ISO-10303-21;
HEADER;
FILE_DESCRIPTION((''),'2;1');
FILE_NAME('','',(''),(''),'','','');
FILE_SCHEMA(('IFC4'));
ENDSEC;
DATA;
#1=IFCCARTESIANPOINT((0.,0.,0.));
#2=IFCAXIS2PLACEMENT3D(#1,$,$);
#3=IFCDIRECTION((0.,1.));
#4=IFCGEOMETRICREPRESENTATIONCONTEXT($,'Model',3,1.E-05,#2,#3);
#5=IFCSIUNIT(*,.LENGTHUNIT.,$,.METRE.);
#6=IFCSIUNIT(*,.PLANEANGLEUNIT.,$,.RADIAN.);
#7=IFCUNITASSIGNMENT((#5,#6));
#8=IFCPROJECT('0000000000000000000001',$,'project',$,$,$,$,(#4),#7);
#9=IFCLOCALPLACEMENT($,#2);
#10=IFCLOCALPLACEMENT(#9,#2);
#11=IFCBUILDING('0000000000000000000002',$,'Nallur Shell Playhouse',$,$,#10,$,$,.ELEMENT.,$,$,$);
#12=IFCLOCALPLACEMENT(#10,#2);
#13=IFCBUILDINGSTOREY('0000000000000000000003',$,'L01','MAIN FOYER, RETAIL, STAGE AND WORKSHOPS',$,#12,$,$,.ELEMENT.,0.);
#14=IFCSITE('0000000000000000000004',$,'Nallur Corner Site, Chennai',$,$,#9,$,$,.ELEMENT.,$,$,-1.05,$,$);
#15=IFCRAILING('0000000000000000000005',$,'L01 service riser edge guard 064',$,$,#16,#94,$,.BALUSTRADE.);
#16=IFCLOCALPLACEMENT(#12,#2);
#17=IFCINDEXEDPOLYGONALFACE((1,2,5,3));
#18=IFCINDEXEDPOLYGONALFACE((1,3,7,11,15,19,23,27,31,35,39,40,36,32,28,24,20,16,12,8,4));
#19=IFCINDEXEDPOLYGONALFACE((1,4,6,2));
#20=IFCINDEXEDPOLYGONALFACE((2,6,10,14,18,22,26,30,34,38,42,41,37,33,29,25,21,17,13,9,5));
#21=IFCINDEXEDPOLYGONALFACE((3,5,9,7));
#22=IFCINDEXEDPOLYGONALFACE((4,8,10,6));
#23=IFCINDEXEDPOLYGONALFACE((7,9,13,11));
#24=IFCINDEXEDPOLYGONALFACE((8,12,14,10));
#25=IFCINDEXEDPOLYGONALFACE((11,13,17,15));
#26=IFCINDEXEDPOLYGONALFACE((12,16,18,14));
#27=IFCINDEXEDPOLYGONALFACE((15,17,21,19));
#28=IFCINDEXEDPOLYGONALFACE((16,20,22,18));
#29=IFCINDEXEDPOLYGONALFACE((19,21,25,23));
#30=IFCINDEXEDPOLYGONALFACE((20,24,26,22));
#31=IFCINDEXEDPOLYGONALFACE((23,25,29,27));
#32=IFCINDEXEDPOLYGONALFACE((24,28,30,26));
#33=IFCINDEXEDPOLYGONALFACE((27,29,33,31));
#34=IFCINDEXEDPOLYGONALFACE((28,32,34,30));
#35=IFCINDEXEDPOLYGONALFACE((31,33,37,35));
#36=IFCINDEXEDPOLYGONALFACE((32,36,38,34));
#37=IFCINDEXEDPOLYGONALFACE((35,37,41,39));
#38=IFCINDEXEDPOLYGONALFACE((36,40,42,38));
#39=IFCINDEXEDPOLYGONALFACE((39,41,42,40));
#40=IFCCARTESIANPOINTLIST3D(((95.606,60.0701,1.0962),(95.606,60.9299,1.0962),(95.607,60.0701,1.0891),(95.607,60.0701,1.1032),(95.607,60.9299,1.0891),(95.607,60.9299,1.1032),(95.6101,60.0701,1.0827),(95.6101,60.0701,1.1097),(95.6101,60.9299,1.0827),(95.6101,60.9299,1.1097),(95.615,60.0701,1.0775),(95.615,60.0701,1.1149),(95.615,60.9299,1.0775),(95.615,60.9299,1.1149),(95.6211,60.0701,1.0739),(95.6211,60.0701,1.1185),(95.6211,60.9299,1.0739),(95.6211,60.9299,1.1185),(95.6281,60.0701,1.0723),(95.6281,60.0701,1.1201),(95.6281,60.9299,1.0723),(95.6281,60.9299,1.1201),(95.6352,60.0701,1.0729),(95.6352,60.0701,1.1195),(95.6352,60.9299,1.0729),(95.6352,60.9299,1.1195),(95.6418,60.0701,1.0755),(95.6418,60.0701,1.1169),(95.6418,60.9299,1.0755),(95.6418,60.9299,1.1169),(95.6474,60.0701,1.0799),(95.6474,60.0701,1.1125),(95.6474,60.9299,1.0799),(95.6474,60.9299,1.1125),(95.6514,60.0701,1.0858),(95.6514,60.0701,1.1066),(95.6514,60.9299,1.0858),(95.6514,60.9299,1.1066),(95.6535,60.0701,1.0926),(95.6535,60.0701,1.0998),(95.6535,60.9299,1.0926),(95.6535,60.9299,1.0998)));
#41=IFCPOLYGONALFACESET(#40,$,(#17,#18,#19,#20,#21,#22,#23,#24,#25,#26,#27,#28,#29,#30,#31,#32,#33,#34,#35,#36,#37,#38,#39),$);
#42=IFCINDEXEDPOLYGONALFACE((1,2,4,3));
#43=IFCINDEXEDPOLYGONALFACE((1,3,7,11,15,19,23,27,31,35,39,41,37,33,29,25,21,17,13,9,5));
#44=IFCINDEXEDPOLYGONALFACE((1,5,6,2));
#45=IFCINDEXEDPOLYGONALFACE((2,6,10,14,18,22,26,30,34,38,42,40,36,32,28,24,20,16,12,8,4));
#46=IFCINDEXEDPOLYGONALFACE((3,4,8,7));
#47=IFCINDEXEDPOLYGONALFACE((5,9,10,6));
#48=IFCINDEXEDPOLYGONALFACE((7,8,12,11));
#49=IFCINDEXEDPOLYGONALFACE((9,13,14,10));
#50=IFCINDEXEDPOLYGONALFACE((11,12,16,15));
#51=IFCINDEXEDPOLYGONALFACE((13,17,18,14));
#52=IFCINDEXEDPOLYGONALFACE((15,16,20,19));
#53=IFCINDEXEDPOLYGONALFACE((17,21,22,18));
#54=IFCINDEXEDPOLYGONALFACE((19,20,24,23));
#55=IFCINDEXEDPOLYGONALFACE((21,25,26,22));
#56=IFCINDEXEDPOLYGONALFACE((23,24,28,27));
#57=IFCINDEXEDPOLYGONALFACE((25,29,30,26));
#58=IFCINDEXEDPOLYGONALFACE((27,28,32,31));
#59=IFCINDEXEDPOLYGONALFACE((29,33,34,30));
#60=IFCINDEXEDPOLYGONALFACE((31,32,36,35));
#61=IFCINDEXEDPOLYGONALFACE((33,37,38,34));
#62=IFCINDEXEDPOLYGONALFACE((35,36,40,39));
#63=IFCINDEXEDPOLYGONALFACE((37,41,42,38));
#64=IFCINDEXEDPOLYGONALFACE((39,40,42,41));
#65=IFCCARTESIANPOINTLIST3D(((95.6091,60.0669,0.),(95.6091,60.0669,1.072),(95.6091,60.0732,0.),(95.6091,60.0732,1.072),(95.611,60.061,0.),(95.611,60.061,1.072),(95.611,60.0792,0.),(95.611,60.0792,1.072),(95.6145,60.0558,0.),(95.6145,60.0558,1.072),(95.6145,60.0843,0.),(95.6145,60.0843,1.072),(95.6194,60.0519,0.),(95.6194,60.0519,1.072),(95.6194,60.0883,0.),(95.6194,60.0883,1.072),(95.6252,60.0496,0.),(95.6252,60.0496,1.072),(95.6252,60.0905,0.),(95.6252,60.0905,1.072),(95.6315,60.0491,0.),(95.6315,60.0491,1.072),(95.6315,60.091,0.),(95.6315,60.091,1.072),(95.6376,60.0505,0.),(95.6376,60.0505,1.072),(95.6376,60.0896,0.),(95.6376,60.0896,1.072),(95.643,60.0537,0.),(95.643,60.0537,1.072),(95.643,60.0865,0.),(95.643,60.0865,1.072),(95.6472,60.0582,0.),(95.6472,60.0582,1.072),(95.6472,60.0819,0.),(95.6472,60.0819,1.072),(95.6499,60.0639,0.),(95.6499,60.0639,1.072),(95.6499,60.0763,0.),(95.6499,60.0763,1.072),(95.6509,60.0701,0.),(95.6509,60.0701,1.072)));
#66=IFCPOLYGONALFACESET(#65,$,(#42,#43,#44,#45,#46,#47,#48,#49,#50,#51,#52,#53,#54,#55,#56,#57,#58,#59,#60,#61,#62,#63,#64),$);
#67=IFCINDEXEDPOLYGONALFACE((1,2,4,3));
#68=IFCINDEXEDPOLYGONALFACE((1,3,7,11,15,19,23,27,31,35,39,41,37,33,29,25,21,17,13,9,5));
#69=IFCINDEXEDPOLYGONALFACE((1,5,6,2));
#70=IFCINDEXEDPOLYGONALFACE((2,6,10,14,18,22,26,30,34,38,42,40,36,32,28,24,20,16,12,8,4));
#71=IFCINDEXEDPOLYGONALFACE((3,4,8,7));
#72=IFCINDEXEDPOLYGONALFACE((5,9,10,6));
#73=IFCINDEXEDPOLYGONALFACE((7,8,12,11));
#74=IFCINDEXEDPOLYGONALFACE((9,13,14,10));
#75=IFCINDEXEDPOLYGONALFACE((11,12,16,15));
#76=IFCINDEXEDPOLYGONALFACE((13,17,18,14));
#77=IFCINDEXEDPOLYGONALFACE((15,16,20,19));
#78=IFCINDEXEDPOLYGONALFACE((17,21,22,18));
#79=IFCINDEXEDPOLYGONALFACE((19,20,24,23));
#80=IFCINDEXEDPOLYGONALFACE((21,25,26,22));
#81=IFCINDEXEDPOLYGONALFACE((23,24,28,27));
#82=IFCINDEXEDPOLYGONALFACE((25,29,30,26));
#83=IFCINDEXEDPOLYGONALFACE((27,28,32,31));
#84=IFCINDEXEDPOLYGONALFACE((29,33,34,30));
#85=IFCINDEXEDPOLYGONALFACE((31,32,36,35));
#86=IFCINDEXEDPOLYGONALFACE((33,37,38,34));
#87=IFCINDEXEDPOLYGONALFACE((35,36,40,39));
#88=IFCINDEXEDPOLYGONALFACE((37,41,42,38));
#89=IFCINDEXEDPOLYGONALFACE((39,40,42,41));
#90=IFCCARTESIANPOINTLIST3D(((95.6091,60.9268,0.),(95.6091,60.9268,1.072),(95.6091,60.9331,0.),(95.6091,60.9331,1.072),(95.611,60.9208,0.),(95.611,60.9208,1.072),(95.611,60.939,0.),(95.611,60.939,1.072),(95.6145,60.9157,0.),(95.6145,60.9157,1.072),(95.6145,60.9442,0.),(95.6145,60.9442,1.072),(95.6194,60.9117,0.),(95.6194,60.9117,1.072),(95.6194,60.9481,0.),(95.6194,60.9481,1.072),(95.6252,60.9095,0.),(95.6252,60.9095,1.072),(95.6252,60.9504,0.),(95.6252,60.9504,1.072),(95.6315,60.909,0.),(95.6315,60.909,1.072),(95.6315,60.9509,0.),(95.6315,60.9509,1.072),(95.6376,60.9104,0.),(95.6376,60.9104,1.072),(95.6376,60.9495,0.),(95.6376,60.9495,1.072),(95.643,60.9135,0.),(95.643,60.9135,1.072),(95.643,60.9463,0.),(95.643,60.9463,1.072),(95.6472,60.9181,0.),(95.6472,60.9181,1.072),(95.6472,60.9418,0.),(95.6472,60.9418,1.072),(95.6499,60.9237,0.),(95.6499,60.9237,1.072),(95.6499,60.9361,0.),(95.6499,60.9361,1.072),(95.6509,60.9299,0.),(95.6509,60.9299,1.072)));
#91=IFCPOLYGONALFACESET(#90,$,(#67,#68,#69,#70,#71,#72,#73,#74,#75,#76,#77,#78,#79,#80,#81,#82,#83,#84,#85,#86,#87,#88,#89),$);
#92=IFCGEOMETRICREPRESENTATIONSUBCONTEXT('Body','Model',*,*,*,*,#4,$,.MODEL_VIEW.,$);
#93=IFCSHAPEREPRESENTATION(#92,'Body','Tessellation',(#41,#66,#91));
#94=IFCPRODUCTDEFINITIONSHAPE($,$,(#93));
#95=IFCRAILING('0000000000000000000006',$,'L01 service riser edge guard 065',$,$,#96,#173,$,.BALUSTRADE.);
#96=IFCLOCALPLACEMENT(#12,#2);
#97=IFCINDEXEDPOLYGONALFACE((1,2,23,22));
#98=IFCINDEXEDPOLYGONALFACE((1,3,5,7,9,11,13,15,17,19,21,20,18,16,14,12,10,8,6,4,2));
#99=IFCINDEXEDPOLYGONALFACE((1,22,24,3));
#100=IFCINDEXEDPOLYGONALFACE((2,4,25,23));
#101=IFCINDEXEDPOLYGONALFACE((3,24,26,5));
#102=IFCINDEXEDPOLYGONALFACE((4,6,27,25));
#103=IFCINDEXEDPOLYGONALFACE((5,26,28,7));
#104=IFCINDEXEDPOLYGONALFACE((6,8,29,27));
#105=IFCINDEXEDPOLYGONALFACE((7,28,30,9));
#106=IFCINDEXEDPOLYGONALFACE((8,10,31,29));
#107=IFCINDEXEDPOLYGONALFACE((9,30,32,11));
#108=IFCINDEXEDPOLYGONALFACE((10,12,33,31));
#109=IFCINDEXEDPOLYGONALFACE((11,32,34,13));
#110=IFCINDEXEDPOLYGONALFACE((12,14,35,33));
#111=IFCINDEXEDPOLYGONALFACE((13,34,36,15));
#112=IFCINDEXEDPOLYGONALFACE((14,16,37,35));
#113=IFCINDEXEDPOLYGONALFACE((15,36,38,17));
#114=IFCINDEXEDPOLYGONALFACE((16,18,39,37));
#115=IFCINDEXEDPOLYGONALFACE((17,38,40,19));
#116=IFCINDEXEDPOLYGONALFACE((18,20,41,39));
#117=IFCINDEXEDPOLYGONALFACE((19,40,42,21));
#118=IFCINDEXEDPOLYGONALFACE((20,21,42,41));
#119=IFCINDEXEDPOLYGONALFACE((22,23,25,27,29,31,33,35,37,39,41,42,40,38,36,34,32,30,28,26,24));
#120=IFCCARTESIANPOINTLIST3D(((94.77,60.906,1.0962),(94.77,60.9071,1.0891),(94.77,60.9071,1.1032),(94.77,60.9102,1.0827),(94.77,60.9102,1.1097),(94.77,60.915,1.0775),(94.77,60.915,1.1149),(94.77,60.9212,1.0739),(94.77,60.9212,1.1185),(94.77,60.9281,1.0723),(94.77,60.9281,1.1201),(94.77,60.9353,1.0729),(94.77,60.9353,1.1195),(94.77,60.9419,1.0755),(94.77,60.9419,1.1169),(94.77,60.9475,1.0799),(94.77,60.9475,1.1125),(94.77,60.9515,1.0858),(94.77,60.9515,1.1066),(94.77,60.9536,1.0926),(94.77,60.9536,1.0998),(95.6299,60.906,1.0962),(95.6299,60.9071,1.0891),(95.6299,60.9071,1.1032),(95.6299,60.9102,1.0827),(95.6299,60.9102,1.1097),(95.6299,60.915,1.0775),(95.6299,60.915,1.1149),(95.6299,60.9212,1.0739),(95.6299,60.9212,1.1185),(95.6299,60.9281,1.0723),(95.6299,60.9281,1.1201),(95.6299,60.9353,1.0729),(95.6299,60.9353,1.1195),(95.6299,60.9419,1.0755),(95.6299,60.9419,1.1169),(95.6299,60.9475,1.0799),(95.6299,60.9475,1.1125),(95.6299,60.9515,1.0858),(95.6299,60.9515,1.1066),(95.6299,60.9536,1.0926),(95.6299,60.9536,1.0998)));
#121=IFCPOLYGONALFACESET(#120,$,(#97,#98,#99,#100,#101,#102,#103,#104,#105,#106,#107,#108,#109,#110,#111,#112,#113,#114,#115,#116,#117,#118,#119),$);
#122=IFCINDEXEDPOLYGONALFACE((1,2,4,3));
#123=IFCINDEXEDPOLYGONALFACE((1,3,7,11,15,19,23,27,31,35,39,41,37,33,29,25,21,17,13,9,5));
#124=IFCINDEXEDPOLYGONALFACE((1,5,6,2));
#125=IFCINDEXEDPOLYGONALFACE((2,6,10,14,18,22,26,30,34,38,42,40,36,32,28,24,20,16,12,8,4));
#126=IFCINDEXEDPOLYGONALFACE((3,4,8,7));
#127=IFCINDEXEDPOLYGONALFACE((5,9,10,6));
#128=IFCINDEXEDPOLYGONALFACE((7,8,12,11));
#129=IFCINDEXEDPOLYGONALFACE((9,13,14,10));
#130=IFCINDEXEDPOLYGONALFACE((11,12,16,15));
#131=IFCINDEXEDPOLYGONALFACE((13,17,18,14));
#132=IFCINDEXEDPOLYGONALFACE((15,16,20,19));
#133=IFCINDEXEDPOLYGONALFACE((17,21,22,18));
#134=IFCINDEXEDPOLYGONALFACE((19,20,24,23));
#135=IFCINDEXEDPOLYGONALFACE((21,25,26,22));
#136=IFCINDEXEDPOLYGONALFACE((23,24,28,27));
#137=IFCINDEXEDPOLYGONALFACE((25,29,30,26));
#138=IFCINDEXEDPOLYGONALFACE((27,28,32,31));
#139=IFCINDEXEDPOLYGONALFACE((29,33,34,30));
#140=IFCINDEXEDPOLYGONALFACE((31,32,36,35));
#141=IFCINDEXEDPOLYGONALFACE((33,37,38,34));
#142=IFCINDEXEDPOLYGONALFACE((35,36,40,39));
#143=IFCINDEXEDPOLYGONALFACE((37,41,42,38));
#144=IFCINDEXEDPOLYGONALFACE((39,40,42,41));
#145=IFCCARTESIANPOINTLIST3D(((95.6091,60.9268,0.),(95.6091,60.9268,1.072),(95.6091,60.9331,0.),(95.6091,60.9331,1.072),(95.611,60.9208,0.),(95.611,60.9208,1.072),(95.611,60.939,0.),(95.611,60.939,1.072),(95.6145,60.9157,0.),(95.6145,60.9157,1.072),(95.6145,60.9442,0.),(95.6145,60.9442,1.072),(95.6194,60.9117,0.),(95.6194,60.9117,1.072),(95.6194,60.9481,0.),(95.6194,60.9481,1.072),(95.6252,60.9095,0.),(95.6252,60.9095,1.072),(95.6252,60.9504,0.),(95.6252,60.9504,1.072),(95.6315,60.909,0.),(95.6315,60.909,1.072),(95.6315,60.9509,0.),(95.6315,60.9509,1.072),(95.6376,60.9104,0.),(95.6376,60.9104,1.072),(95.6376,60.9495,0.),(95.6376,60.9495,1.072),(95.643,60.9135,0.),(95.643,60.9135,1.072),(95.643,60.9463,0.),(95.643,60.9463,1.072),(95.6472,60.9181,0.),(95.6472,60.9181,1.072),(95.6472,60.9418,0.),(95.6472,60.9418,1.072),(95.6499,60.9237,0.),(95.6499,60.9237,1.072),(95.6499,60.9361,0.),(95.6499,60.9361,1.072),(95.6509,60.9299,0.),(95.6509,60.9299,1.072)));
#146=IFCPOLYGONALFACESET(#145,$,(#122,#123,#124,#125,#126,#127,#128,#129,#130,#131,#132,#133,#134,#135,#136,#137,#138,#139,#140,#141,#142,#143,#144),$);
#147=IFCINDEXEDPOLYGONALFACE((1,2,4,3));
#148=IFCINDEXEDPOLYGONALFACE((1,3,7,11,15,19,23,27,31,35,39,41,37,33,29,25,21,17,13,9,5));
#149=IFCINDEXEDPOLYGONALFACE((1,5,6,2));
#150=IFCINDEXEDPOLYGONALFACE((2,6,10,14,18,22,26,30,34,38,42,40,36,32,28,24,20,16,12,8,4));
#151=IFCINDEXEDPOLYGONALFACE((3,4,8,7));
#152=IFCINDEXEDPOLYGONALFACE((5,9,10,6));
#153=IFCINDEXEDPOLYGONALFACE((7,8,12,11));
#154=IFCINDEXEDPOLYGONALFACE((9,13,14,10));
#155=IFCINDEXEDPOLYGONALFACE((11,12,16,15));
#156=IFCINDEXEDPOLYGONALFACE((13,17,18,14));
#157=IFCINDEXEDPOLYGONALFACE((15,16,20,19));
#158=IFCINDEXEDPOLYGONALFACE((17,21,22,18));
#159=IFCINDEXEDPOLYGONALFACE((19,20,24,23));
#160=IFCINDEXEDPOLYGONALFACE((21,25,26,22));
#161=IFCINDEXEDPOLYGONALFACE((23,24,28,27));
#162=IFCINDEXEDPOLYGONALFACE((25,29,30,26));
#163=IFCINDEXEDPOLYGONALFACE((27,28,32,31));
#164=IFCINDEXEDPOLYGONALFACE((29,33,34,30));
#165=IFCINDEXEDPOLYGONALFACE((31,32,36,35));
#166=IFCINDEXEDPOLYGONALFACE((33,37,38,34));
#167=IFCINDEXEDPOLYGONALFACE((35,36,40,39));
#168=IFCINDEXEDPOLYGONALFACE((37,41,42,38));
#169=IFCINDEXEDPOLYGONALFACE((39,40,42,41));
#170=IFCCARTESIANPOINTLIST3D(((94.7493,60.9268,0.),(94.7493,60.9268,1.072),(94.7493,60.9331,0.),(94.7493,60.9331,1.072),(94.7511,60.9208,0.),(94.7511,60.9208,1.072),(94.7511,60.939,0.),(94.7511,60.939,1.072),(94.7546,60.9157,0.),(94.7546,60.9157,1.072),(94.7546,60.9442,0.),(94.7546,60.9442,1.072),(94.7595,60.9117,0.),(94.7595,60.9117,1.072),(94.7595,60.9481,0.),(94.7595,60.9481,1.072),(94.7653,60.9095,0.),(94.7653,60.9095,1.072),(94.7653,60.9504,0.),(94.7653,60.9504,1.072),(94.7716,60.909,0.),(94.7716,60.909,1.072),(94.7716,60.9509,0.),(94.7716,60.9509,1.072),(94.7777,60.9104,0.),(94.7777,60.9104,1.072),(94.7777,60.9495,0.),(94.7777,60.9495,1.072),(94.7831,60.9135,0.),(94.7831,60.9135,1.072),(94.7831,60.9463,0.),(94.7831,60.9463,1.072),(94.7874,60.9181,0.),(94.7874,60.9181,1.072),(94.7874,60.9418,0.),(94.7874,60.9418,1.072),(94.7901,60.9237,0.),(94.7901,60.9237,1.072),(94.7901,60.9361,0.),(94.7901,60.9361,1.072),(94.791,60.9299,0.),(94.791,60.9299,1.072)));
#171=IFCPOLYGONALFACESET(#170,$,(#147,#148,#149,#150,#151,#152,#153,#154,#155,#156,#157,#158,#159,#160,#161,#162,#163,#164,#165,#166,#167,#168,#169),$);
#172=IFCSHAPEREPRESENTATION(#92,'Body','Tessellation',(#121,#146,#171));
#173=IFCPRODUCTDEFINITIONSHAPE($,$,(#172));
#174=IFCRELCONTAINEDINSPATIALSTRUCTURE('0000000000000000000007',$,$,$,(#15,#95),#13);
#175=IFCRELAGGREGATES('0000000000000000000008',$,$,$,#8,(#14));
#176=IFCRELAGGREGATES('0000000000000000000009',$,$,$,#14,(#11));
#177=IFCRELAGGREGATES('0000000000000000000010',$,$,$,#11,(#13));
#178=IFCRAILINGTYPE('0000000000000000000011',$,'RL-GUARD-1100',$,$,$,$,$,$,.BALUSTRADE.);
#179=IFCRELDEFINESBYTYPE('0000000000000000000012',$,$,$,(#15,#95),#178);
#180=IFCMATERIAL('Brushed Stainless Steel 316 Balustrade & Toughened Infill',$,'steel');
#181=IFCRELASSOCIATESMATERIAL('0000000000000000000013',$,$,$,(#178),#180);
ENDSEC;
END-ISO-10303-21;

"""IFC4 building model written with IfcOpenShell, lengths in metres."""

from ifc_helpers import new_model, si_unit, direction, frame, origin, origin_2d, place, context, subcontext, project, spatial, circle, extrude, material, type_object, element, save


model = new_model("IFC4")

# Units and contexts
model_context = context("Model", 3, precision=1e-05, world=origin(), true_north=direction((0.0, 1.0)))
body_context = subcontext(model_context, "Body", "Model", "MODEL_VIEW")
ifc_project = project(units=[si_unit("LENGTHUNIT", "METRE"), si_unit("PLANEANGLEUNIT", "RADIAN")], contexts=[model_context])

# Site, building, storey
site_placement = place(None, origin())
site = spatial("IfcSite", under=ifc_project, at=site_placement, Name="Nallur Corner Site, Chennai", CompositionType="ELEMENT", RefElevation=-1.05)
building_placement = place(site_placement, origin())
building = spatial("IfcBuilding", under=site, at=building_placement, Name="Nallur Shell Playhouse", CompositionType="ELEMENT")
storey_placement = place(building_placement, origin())
storey = spatial("IfcBuildingStorey", under=building, at=storey_placement, Name="L01", Description="MAIN FOYER, RETAIL, STAGE AND WORKSHOPS", CompositionType="ELEMENT", Elevation=0.0)

# Railings
ifc_material_1 = material(Name="Brushed Stainless Steel 316 Balustrade & Toughened Infill", Category="steel")
railing_type = type_object("IfcRailingType", Name="RL-GUARD-1100", PredefinedType="BALUSTRADE", material=ifc_material_1)
railing_1_placement = place(storey_placement, frame((95.6299, 60.0701, 0.0)))
element("IfcRailing", 1, at=railing_1_placement, inside=storey, type_object=railing_type, Name="L01 service riser edge guard 064", PredefinedType="BALUSTRADE", context=body_context, shape_type="SweptSolid", body=[
    extrude(circle(Radius=0.0239, at=origin_2d()), frame((0.0, 0.0, 1.0962), z_axis=(0.0, 1.0, 0.0), x_axis=(-1.0, 0.0, 0.0)), (0.0, 0.0, 1.0), 0.8599),
    extrude(circle(Radius=0.021, at=origin_2d()), origin(), (0.0, 0.0, 1.0), 1.072),
    extrude(circle(Radius=0.021, at=origin_2d()), frame((0.0, 0.8599, 0.0)), (0.0, 0.0, 1.0), 1.072),
])
railing_2_placement = place(storey_placement, frame((95.6299, 60.9299, 0.0)))
element("IfcRailing", 2, at=railing_2_placement, inside=storey, type_object=railing_type, Name="L01 service riser edge guard 065", PredefinedType="BALUSTRADE", context=body_context, shape_type="SweptSolid", body=[
    extrude(circle(Radius=0.0239, at=origin_2d()), frame((0.0, 0.0, 1.0962), z_axis=(-1.0, 0.0, 0.0), x_axis=(0.0, -1.0, 0.0)), (0.0, 0.0, 1.0), 0.8599),
    extrude(circle(Radius=0.021, at=origin_2d()), origin(), (0.0, 0.0, 1.0), 1.072),
    extrude(circle(Radius=0.021, at=origin_2d()), frame((-0.8599, 0.0, 0.0)), (0.0, 0.0, 1.0), 1.072),
])

save(model, "model.ifc")
